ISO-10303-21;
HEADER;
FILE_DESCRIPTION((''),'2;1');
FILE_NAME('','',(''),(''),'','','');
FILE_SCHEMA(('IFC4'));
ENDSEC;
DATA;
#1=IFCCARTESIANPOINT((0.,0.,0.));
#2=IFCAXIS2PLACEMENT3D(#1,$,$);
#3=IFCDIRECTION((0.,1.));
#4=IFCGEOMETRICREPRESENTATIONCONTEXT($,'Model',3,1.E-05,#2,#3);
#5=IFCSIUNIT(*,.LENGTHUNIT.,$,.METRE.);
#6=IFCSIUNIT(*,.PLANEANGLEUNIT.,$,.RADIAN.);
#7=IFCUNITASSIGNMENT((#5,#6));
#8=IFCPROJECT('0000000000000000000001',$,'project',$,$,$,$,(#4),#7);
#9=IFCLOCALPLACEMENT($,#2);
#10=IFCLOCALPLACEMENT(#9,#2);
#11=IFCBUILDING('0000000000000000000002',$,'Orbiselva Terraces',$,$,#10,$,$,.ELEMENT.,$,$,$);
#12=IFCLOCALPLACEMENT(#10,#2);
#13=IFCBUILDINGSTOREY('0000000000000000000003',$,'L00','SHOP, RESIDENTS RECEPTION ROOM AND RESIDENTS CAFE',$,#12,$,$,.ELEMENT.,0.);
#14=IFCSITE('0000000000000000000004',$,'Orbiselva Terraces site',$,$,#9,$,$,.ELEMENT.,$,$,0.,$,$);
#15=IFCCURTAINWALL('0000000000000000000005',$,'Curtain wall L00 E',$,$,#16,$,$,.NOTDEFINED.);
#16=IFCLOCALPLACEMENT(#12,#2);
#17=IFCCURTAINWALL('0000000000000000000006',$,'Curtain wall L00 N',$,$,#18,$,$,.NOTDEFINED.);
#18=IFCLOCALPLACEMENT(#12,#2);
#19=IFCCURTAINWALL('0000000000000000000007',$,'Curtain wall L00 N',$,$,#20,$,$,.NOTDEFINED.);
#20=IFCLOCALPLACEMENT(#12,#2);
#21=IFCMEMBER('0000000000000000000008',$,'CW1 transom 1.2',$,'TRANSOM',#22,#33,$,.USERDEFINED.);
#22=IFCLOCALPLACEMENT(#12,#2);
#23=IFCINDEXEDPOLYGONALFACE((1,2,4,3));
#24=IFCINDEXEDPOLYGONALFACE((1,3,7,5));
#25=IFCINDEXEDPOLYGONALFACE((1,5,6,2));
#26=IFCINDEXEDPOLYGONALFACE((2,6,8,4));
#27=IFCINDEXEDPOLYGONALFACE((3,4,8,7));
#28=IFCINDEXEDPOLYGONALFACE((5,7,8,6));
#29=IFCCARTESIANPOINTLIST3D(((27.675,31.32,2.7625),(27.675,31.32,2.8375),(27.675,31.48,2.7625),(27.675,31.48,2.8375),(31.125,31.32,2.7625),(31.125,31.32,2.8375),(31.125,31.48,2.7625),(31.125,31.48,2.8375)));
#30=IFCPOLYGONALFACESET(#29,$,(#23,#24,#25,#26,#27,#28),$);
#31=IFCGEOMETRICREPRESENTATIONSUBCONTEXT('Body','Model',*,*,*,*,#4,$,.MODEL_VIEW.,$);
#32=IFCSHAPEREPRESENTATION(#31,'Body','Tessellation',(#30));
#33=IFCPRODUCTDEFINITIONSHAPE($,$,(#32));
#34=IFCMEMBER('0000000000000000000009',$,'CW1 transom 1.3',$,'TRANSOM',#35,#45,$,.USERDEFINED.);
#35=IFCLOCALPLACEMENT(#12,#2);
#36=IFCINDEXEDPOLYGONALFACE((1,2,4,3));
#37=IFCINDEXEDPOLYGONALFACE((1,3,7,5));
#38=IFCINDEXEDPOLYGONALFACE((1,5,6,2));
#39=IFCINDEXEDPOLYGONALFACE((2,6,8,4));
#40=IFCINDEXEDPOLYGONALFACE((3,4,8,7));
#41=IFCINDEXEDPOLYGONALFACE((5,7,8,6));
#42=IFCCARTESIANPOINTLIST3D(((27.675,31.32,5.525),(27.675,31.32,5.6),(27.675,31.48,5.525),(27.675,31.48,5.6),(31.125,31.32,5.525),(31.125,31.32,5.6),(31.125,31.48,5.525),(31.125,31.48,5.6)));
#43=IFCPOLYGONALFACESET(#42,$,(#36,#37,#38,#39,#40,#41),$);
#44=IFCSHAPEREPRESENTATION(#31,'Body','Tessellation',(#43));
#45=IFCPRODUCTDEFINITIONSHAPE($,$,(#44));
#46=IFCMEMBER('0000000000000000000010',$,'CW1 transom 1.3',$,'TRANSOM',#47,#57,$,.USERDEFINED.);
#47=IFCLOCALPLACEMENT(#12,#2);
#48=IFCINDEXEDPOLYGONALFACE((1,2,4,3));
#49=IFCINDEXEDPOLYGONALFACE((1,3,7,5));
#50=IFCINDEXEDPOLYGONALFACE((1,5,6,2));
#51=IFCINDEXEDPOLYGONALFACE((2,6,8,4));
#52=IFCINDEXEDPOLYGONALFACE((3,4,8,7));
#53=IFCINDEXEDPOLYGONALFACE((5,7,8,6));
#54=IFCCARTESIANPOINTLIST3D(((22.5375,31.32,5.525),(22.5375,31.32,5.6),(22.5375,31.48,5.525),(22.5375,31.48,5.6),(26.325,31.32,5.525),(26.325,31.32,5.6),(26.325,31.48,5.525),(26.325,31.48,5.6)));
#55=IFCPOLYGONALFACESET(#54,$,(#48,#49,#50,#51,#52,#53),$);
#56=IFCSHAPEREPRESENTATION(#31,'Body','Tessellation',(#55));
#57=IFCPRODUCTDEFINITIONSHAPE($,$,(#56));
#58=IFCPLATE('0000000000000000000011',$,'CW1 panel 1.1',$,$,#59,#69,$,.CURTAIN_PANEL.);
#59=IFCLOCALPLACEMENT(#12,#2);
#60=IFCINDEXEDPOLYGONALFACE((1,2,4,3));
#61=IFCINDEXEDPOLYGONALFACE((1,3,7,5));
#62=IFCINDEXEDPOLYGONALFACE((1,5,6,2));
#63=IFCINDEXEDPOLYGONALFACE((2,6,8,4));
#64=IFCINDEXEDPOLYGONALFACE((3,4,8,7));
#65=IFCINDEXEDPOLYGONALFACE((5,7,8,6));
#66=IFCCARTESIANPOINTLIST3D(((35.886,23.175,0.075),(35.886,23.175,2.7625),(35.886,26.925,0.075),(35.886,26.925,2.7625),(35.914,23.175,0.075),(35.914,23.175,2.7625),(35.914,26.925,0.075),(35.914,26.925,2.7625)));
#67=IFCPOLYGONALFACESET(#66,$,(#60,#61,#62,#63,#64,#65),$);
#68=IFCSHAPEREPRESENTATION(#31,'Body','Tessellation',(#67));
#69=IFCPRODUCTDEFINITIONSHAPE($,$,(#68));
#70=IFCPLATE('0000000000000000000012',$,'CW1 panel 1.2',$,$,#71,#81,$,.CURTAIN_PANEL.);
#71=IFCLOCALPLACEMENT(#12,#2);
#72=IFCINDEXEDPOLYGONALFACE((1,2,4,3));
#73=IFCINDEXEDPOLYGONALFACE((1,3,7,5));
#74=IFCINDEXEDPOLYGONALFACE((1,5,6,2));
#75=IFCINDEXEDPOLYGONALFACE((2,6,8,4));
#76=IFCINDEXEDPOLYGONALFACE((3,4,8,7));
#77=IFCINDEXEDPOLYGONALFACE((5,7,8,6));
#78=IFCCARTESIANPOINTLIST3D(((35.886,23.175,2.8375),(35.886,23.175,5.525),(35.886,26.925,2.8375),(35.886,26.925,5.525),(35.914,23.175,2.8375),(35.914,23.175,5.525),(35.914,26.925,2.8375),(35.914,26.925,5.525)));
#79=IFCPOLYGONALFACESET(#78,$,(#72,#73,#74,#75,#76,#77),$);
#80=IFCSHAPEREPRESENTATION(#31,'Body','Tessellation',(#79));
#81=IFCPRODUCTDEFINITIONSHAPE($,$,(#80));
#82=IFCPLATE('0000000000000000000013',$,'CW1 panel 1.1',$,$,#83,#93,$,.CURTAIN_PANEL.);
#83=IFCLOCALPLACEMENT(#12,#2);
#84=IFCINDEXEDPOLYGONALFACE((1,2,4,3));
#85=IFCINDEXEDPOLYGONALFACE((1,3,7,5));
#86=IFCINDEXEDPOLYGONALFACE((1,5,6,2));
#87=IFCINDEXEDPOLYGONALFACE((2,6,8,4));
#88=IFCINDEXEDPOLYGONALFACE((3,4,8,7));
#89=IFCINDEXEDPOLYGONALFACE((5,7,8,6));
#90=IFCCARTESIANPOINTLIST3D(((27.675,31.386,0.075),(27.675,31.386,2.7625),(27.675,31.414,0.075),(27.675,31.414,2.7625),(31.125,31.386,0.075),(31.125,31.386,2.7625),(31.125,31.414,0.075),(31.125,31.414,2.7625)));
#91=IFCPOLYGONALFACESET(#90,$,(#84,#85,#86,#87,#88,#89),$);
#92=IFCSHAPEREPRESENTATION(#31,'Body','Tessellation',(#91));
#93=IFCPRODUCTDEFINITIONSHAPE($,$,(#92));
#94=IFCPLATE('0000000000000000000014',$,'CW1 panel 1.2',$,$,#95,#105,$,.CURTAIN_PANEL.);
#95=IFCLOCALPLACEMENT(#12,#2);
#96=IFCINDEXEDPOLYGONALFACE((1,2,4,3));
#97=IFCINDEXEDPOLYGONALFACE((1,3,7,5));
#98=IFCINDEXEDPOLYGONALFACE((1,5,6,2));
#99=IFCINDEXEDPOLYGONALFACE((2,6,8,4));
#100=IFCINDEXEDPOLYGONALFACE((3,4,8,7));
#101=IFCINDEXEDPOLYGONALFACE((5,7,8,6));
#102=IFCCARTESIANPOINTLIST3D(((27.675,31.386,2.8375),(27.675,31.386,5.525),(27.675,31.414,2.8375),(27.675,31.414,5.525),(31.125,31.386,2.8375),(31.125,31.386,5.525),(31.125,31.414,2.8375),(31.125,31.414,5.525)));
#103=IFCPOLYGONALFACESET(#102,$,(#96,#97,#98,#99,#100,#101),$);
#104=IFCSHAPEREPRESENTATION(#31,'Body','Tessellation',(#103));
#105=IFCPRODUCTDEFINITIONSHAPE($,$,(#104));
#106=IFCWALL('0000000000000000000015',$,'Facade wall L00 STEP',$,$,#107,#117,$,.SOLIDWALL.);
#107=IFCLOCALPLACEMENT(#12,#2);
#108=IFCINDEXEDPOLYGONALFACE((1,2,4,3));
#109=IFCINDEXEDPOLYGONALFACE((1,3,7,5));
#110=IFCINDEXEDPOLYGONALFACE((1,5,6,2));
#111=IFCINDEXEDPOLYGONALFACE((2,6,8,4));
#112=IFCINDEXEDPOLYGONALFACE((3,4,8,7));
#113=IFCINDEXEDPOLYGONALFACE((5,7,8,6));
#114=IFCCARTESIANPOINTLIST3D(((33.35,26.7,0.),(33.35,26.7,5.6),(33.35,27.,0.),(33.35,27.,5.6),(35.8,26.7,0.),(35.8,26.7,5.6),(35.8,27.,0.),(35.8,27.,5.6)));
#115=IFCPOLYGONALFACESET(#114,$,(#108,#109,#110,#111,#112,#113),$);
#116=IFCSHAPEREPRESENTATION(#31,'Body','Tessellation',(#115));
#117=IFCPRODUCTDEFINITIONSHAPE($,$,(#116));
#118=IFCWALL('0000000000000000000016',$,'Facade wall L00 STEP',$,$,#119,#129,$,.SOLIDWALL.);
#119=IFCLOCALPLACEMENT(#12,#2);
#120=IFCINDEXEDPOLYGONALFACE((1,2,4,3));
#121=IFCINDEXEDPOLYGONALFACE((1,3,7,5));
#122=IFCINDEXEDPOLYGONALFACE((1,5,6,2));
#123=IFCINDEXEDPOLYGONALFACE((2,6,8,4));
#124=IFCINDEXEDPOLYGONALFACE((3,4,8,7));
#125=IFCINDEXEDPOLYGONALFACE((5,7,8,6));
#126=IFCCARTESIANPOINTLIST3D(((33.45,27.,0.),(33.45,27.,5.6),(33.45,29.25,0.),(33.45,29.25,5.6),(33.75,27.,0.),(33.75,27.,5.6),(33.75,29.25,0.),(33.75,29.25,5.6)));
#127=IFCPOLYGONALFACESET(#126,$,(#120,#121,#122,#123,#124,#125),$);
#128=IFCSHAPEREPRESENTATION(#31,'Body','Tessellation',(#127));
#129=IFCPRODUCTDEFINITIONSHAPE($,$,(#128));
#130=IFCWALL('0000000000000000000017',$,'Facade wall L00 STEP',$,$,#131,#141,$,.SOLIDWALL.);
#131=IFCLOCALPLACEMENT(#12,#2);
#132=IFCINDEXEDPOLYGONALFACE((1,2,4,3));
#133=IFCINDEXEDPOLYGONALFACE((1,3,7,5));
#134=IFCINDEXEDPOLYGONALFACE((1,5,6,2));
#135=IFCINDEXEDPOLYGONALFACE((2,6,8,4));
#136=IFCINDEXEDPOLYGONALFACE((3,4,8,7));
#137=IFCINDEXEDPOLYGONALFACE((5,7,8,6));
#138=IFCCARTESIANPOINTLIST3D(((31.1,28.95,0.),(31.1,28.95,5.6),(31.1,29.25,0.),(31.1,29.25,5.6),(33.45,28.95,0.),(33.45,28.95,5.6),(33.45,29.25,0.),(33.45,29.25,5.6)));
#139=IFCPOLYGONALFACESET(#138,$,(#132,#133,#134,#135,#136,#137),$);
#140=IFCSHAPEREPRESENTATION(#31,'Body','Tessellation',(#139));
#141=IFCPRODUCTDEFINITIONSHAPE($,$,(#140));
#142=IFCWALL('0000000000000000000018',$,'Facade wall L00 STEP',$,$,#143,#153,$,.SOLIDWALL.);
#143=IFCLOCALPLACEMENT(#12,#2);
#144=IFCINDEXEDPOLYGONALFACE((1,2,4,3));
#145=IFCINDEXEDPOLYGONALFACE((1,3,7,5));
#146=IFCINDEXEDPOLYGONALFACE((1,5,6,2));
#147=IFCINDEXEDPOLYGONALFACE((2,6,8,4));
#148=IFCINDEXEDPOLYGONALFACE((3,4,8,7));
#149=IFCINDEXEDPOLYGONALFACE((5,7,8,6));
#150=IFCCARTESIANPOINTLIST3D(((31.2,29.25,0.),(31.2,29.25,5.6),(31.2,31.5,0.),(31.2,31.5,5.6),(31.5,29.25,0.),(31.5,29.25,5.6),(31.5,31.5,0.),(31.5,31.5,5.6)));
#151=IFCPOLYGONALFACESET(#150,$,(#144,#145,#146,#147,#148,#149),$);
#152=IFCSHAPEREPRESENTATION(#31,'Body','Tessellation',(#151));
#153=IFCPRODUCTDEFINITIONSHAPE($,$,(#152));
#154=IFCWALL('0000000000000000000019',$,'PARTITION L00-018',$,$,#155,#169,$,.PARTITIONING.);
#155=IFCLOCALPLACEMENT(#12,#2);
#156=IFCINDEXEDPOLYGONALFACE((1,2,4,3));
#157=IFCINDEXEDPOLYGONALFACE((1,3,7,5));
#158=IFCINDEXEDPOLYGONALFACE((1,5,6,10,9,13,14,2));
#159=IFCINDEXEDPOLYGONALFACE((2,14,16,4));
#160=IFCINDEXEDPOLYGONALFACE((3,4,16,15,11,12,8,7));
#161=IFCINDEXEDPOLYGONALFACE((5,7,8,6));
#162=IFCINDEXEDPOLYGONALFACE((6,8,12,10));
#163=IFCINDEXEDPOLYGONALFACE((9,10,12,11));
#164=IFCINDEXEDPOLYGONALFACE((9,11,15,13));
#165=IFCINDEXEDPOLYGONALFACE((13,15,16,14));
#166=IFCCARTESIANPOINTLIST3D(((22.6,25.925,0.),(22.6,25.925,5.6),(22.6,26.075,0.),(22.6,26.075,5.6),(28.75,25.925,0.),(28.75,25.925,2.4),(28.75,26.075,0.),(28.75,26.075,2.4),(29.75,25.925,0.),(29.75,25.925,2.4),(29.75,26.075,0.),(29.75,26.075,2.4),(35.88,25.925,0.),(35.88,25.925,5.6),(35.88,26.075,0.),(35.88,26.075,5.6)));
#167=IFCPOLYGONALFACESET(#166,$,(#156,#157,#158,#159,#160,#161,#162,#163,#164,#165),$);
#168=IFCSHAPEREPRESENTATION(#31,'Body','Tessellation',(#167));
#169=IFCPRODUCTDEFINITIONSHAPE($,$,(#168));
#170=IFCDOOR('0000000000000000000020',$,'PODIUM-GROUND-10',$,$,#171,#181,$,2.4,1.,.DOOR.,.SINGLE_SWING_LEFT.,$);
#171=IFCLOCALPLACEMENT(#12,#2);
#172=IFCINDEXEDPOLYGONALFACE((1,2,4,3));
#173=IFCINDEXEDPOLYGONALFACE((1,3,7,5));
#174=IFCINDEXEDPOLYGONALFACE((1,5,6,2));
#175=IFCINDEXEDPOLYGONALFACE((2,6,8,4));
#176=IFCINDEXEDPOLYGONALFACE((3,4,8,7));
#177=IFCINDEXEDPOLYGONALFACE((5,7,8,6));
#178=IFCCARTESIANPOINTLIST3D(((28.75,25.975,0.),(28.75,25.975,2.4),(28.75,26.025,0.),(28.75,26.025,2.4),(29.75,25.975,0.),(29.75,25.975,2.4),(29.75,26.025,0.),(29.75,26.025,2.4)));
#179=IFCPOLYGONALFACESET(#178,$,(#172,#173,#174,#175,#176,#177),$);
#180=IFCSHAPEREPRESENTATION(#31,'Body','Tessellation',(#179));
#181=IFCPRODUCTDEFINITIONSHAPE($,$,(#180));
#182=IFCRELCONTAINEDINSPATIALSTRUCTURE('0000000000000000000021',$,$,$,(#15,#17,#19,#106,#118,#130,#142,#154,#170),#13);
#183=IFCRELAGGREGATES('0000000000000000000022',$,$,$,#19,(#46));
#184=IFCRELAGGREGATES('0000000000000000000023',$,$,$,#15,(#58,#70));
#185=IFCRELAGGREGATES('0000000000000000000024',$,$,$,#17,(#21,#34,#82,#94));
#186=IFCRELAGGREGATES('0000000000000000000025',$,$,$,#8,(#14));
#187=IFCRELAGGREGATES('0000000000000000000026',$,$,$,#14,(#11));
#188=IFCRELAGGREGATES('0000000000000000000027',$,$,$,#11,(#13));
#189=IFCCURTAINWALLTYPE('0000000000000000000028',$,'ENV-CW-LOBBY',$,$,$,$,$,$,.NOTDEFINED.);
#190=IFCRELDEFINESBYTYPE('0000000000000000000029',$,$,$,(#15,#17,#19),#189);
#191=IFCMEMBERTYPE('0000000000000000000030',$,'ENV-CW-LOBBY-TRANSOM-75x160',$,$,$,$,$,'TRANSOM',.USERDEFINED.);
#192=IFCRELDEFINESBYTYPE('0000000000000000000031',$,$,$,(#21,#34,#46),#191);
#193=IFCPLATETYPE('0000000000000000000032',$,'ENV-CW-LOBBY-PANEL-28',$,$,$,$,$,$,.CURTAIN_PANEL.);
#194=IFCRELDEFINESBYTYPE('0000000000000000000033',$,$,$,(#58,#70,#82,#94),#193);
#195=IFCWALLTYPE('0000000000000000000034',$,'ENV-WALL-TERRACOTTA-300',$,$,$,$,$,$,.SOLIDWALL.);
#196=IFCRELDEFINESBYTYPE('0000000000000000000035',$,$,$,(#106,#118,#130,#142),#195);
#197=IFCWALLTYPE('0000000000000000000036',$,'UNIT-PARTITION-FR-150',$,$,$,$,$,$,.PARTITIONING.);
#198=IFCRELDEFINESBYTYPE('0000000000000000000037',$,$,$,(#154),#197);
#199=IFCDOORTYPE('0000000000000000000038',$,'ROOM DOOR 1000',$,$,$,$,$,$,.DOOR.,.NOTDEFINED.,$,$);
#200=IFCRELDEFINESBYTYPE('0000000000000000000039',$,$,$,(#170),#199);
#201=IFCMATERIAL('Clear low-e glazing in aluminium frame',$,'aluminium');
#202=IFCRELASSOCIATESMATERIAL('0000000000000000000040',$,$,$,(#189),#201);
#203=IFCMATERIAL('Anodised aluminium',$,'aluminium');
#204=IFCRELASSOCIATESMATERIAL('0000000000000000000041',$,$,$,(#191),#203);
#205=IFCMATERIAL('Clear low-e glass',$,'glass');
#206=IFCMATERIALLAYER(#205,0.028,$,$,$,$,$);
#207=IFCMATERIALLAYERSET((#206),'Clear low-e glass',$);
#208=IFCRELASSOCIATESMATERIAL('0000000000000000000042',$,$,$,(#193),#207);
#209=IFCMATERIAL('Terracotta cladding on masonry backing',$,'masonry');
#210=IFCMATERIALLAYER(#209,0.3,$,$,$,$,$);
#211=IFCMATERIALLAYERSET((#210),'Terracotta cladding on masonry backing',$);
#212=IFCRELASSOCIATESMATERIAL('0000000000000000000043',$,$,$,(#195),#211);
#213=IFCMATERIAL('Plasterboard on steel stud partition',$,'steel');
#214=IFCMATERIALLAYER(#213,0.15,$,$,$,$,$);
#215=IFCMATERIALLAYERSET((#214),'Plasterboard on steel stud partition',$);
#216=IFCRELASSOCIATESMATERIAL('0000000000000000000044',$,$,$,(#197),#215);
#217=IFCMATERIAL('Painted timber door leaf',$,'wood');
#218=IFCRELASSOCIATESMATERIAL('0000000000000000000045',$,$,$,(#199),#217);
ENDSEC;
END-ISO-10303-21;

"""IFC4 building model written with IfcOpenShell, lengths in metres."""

from ifc_helpers import new_model, si_unit, direction, frame, frame_2d, origin, origin_2d, place, context, subcontext, project, spatial, rectangle, extrude, material, layer, layer_set, material_profile, profile_set, type_object, element, fill, aggregate, save


model = new_model("IFC4")

# Units and contexts
model_context = context("Model", 3, precision=1e-05, world=origin(), true_north=direction((0.0, 1.0)))
body_context = subcontext(model_context, "Body", "Model", "MODEL_VIEW")
ifc_project = project(units=[si_unit("LENGTHUNIT", "METRE"), si_unit("PLANEANGLEUNIT", "RADIAN")], contexts=[model_context])

# Site, building, storey
site_placement = place(None, origin())
site = spatial("IfcSite", under=ifc_project, at=site_placement, Name="Orbiselva Terraces site", CompositionType="ELEMENT", RefElevation=0.0)
building_placement = place(site_placement, origin())
building = spatial("IfcBuilding", under=site, at=building_placement, Name="Orbiselva Terraces", CompositionType="ELEMENT")
storey_placement = place(building_placement, origin())
storey = spatial("IfcBuildingStorey", under=building, at=storey_placement, Name="L00", Description="SHOP, RESIDENTS RECEPTION ROOM AND RESIDENTS CAFE", CompositionType="ELEMENT", Elevation=0.0)

# Curtain wall
ifc_material_1 = material(Name="Clear low-e glazing in aluminium frame", Category="aluminium")
curtain_wall_type = type_object("IfcCurtainWallType", Name="ENV-CW-LOBBY", PredefinedType="NOTDEFINED", material=ifc_material_1)
curtain_wall_1_placement = place(storey_placement, origin())
curtain_wall_1 = element("IfcCurtainWall", 1, at=curtain_wall_1_placement, inside=storey, type_object=curtain_wall_type, Name="Curtain wall L00 E", PredefinedType="NOTDEFINED")
ifc_material_2 = material(Name="Anodised aluminium", Category="aluminium")

# Curtain wall
curtain_wall_2_placement = place(storey_placement, origin())
curtain_wall_2 = element("IfcCurtainWall", 2, at=curtain_wall_2_placement, inside=storey, type_object=curtain_wall_type, Name="Curtain wall L00 N", PredefinedType="NOTDEFINED")

# Curtain wall
curtain_wall_3_placement = place(storey_placement, origin())
curtain_wall_3 = element("IfcCurtainWall", 3, at=curtain_wall_3_placement, inside=storey, type_object=curtain_wall_type, Name="Curtain wall L00 N", PredefinedType="NOTDEFINED")

# Members
ifc_material_profile_1 = material_profile(ifc_material_2, rectangle(XDim=0.16, YDim=0.075, at=origin_2d()), Name="AL 75x160")
ifc_profile_set_1 = profile_set([ifc_material_profile_1], Name="Anodised aluminium")
member_type_1 = type_object("IfcMemberType", Name="ENV-CW-LOBBY-TRANSOM-75x160", ElementType="TRANSOM", PredefinedType="USERDEFINED", material=ifc_profile_set_1)
member_1_placement = place(storey_placement, frame((31.125, 31.4, 2.8), z_axis=(-1.0, 0.0, 0.0), x_axis=(0.0, -1.0, 0.0)))
member_1 = element("IfcMember", 4, at=member_1_placement, type_object=member_type_1, Name="CW1 transom 1.2", ObjectType="TRANSOM", PredefinedType="USERDEFINED", context=body_context, shape_type="SweptSolid", body=[
    extrude(rectangle(XDim=0.16, YDim=0.075, at=origin_2d()), origin(), (0.0, 0.0, 1.0), 3.45),
])
member_2_placement = place(storey_placement, frame((31.125, 31.4, 5.5625), z_axis=(-1.0, 0.0, 0.0), x_axis=(0.0, -1.0, 0.0)))
member_2 = element("IfcMember", 5, at=member_2_placement, type_object=member_type_1, Name="CW1 transom 1.3", ObjectType="TRANSOM", PredefinedType="USERDEFINED", context=body_context, shape_type="SweptSolid", body=[
    extrude(rectangle(XDim=0.16, YDim=0.075, at=origin_2d()), origin(), (0.0, 0.0, 1.0), 3.45),
])
member_3_placement = place(storey_placement, frame((26.325, 31.4, 5.5625), z_axis=(-1.0, 0.0, 0.0), x_axis=(0.0, -1.0, 0.0)))
member_3 = element("IfcMember", 6, at=member_3_placement, type_object=member_type_1, Name="CW1 transom 1.3", ObjectType="TRANSOM", PredefinedType="USERDEFINED", context=body_context, shape_type="SweptSolid", body=[
    extrude(rectangle(XDim=0.16, YDim=0.075, at=origin_2d()), origin(), (0.0, 0.0, 1.0), 3.7875),
])
aggregate(curtain_wall_3, [member_3])

# Plates
ifc_material_3 = material(Name="Clear low-e glass", Category="glass")
ifc_layer_1 = layer(ifc_material_3, 0.028)
ifc_layer_set_1 = layer_set([ifc_layer_1], Name="Clear low-e glass")
plate_type = type_object("IfcPlateType", Name="ENV-CW-LOBBY-PANEL-28", PredefinedType="CURTAIN_PANEL", material=ifc_layer_set_1)
plate_1_placement = place(storey_placement, frame((35.9, 25.05, 0.075), z_axis=(0.0, 0.0, 1.0), x_axis=(0.0, 1.0, 0.0)))
plate_1 = element("IfcPlate", 7, at=plate_1_placement, type_object=plate_type, Name="CW1 panel 1.1", PredefinedType="CURTAIN_PANEL", context=body_context, shape_type="SweptSolid", body=[
    extrude(rectangle(XDim=3.75, YDim=0.028, at=origin_2d()), origin(), (0.0, 0.0, 1.0), 2.6875),
])
plate_2_placement = place(storey_placement, frame((35.9, 25.05, 2.8375), z_axis=(0.0, 0.0, 1.0), x_axis=(0.0, 1.0, 0.0)))
plate_2 = element("IfcPlate", 8, at=plate_2_placement, type_object=plate_type, Name="CW1 panel 1.2", PredefinedType="CURTAIN_PANEL", context=body_context, shape_type="SweptSolid", body=[
    extrude(rectangle(XDim=3.75, YDim=0.028, at=origin_2d()), origin(), (0.0, 0.0, 1.0), 2.6875),
])
aggregate(curtain_wall_1, [plate_1, plate_2])
plate_3_placement = place(storey_placement, frame((29.4, 31.4, 0.075), z_axis=(0.0, 0.0, 1.0), x_axis=(-1.0, 0.0, 0.0)))
plate_3 = element("IfcPlate", 9, at=plate_3_placement, type_object=plate_type, Name="CW1 panel 1.1", PredefinedType="CURTAIN_PANEL", context=body_context, shape_type="SweptSolid", body=[
    extrude(rectangle(XDim=3.45, YDim=0.028, at=origin_2d()), origin(), (0.0, 0.0, 1.0), 2.6875),
])
plate_4_placement = place(storey_placement, frame((29.4, 31.4, 2.8375), z_axis=(0.0, 0.0, 1.0), x_axis=(-1.0, 0.0, 0.0)))
plate_4 = element("IfcPlate", 10, at=plate_4_placement, type_object=plate_type, Name="CW1 panel 1.2", PredefinedType="CURTAIN_PANEL", context=body_context, shape_type="SweptSolid", body=[
    extrude(rectangle(XDim=3.45, YDim=0.028, at=origin_2d()), origin(), (0.0, 0.0, 1.0), 2.6875),
])
aggregate(curtain_wall_2, [member_1, member_2, plate_3, plate_4])

# Walls
ifc_material_4 = material(Name="Terracotta cladding on masonry backing", Category="masonry")
ifc_layer_2 = layer(ifc_material_4, 0.3)
ifc_layer_set_2 = layer_set([ifc_layer_2], Name="Terracotta cladding on masonry backing")
wall_type_1 = type_object("IfcWallType", Name="ENV-WALL-TERRACOTTA-300", PredefinedType="SOLIDWALL", material=ifc_layer_set_2)
wall_1_placement = place(storey_placement, frame((33.35, 26.85, 0.0), z_axis=(0.0, 0.0, 1.0), x_axis=(1.0, 0.0, 0.0)))
element("IfcWall", 11, at=wall_1_placement, inside=storey, type_object=wall_type_1, Name="Facade wall L00 STEP", PredefinedType="SOLIDWALL", context=body_context, shape_type="SweptSolid", body=[
    extrude(rectangle(XDim=2.45, YDim=0.3, at=frame_2d((1.225, 0.0))), origin(), (0.0, 0.0, 1.0), 5.6),
])
wall_2_placement = place(storey_placement, frame((33.6, 29.25, 0.0), z_axis=(0.0, 0.0, 1.0), x_axis=(0.0, -1.0, 0.0)))
element("IfcWall", 12, at=wall_2_placement, inside=storey, type_object=wall_type_1, Name="Facade wall L00 STEP", PredefinedType="SOLIDWALL", context=body_context, shape_type="SweptSolid", body=[
    extrude(rectangle(XDim=2.25, YDim=0.3, at=frame_2d((1.125, 0.0))), origin(), (0.0, 0.0, 1.0), 5.6),
])
wall_3_placement = place(storey_placement, frame((31.1, 29.1, 0.0), z_axis=(0.0, 0.0, 1.0), x_axis=(1.0, 0.0, 0.0)))
element("IfcWall", 13, at=wall_3_placement, inside=storey, type_object=wall_type_1, Name="Facade wall L00 STEP", PredefinedType="SOLIDWALL", context=body_context, shape_type="SweptSolid", body=[
    extrude(rectangle(XDim=2.35, YDim=0.3, at=frame_2d((1.175, 0.0))), origin(), (0.0, 0.0, 1.0), 5.6),
])
wall_4_placement = place(storey_placement, frame((31.35, 31.5, 0.0), z_axis=(0.0, 0.0, 1.0), x_axis=(0.0, -1.0, 0.0)))
element("IfcWall", 14, at=wall_4_placement, inside=storey, type_object=wall_type_1, Name="Facade wall L00 STEP", PredefinedType="SOLIDWALL", context=body_context, shape_type="SweptSolid", body=[
    extrude(rectangle(XDim=2.25, YDim=0.3, at=frame_2d((1.125, 0.0))), origin(), (0.0, 0.0, 1.0), 5.6),
])

# Wall, opening, door
ifc_material_5 = material(Name="Plasterboard on steel stud partition", Category="steel")
ifc_layer_3 = layer(ifc_material_5, 0.15)
ifc_layer_set_3 = layer_set([ifc_layer_3], Name="Plasterboard on steel stud partition")
wall_type_2 = type_object("IfcWallType", Name="UNIT-PARTITION-FR-150", PredefinedType="PARTITIONING", material=ifc_layer_set_3)
wall_5_placement = place(storey_placement, frame((35.88, 26.0, 0.0), z_axis=(0.0, 0.0, 1.0), x_axis=(-1.0, 0.0, 0.0)))
wall_5 = element("IfcWall", 15, at=wall_5_placement, inside=storey, type_object=wall_type_2, Name="PARTITION L00-018", PredefinedType="PARTITIONING", context=body_context, shape_type="SweptSolid", body=[
    extrude(rectangle(XDim=13.28, YDim=0.15, at=frame_2d((6.64, 0.0))), origin(), (0.0, 0.0, 1.0), 5.6),
])
opening_placement = place(wall_5_placement, frame((6.13, 0.0, 0.0)))
opening = element("IfcOpeningElement", 16, at=opening_placement, cuts=wall_5, PredefinedType="OPENING", context=body_context, shape_type="SweptSolid", body=[
    extrude(rectangle(XDim=1.0, YDim=2.4, at=frame_2d((0.5, 1.2))), frame((0.0, 0.085, 0.0), z_axis=(0.0, -1.0, 0.0), x_axis=(1.0, 0.0, 0.0)), (0.0, 0.0, 1.0), 0.17),
])
ifc_material_6 = material(Name="Painted timber door leaf", Category="wood")
door_type = type_object("IfcDoorType", Name="ROOM DOOR 1000", OperationType="NOTDEFINED", PredefinedType="DOOR", material=ifc_material_6)
door_placement = place(opening_placement, origin())
door = element("IfcDoor", 17, at=door_placement, inside=storey, type_object=door_type, Name="PODIUM-GROUND-10", OperationType="SINGLE_SWING_LEFT", OverallHeight=2.4, OverallWidth=1.0, PredefinedType="DOOR", context=body_context, shape_type="SweptSolid", body=[
    extrude(rectangle(XDim=1.0, YDim=2.4, at=frame_2d((0.5, 1.2))), frame((0.0, 0.025, 0.0), z_axis=(0.0, -1.0, 0.0), x_axis=(1.0, 0.0, 0.0)), (0.0, 0.0, 1.0), 0.05),
])
fill(opening, door)

save(model, "model.ifc")
